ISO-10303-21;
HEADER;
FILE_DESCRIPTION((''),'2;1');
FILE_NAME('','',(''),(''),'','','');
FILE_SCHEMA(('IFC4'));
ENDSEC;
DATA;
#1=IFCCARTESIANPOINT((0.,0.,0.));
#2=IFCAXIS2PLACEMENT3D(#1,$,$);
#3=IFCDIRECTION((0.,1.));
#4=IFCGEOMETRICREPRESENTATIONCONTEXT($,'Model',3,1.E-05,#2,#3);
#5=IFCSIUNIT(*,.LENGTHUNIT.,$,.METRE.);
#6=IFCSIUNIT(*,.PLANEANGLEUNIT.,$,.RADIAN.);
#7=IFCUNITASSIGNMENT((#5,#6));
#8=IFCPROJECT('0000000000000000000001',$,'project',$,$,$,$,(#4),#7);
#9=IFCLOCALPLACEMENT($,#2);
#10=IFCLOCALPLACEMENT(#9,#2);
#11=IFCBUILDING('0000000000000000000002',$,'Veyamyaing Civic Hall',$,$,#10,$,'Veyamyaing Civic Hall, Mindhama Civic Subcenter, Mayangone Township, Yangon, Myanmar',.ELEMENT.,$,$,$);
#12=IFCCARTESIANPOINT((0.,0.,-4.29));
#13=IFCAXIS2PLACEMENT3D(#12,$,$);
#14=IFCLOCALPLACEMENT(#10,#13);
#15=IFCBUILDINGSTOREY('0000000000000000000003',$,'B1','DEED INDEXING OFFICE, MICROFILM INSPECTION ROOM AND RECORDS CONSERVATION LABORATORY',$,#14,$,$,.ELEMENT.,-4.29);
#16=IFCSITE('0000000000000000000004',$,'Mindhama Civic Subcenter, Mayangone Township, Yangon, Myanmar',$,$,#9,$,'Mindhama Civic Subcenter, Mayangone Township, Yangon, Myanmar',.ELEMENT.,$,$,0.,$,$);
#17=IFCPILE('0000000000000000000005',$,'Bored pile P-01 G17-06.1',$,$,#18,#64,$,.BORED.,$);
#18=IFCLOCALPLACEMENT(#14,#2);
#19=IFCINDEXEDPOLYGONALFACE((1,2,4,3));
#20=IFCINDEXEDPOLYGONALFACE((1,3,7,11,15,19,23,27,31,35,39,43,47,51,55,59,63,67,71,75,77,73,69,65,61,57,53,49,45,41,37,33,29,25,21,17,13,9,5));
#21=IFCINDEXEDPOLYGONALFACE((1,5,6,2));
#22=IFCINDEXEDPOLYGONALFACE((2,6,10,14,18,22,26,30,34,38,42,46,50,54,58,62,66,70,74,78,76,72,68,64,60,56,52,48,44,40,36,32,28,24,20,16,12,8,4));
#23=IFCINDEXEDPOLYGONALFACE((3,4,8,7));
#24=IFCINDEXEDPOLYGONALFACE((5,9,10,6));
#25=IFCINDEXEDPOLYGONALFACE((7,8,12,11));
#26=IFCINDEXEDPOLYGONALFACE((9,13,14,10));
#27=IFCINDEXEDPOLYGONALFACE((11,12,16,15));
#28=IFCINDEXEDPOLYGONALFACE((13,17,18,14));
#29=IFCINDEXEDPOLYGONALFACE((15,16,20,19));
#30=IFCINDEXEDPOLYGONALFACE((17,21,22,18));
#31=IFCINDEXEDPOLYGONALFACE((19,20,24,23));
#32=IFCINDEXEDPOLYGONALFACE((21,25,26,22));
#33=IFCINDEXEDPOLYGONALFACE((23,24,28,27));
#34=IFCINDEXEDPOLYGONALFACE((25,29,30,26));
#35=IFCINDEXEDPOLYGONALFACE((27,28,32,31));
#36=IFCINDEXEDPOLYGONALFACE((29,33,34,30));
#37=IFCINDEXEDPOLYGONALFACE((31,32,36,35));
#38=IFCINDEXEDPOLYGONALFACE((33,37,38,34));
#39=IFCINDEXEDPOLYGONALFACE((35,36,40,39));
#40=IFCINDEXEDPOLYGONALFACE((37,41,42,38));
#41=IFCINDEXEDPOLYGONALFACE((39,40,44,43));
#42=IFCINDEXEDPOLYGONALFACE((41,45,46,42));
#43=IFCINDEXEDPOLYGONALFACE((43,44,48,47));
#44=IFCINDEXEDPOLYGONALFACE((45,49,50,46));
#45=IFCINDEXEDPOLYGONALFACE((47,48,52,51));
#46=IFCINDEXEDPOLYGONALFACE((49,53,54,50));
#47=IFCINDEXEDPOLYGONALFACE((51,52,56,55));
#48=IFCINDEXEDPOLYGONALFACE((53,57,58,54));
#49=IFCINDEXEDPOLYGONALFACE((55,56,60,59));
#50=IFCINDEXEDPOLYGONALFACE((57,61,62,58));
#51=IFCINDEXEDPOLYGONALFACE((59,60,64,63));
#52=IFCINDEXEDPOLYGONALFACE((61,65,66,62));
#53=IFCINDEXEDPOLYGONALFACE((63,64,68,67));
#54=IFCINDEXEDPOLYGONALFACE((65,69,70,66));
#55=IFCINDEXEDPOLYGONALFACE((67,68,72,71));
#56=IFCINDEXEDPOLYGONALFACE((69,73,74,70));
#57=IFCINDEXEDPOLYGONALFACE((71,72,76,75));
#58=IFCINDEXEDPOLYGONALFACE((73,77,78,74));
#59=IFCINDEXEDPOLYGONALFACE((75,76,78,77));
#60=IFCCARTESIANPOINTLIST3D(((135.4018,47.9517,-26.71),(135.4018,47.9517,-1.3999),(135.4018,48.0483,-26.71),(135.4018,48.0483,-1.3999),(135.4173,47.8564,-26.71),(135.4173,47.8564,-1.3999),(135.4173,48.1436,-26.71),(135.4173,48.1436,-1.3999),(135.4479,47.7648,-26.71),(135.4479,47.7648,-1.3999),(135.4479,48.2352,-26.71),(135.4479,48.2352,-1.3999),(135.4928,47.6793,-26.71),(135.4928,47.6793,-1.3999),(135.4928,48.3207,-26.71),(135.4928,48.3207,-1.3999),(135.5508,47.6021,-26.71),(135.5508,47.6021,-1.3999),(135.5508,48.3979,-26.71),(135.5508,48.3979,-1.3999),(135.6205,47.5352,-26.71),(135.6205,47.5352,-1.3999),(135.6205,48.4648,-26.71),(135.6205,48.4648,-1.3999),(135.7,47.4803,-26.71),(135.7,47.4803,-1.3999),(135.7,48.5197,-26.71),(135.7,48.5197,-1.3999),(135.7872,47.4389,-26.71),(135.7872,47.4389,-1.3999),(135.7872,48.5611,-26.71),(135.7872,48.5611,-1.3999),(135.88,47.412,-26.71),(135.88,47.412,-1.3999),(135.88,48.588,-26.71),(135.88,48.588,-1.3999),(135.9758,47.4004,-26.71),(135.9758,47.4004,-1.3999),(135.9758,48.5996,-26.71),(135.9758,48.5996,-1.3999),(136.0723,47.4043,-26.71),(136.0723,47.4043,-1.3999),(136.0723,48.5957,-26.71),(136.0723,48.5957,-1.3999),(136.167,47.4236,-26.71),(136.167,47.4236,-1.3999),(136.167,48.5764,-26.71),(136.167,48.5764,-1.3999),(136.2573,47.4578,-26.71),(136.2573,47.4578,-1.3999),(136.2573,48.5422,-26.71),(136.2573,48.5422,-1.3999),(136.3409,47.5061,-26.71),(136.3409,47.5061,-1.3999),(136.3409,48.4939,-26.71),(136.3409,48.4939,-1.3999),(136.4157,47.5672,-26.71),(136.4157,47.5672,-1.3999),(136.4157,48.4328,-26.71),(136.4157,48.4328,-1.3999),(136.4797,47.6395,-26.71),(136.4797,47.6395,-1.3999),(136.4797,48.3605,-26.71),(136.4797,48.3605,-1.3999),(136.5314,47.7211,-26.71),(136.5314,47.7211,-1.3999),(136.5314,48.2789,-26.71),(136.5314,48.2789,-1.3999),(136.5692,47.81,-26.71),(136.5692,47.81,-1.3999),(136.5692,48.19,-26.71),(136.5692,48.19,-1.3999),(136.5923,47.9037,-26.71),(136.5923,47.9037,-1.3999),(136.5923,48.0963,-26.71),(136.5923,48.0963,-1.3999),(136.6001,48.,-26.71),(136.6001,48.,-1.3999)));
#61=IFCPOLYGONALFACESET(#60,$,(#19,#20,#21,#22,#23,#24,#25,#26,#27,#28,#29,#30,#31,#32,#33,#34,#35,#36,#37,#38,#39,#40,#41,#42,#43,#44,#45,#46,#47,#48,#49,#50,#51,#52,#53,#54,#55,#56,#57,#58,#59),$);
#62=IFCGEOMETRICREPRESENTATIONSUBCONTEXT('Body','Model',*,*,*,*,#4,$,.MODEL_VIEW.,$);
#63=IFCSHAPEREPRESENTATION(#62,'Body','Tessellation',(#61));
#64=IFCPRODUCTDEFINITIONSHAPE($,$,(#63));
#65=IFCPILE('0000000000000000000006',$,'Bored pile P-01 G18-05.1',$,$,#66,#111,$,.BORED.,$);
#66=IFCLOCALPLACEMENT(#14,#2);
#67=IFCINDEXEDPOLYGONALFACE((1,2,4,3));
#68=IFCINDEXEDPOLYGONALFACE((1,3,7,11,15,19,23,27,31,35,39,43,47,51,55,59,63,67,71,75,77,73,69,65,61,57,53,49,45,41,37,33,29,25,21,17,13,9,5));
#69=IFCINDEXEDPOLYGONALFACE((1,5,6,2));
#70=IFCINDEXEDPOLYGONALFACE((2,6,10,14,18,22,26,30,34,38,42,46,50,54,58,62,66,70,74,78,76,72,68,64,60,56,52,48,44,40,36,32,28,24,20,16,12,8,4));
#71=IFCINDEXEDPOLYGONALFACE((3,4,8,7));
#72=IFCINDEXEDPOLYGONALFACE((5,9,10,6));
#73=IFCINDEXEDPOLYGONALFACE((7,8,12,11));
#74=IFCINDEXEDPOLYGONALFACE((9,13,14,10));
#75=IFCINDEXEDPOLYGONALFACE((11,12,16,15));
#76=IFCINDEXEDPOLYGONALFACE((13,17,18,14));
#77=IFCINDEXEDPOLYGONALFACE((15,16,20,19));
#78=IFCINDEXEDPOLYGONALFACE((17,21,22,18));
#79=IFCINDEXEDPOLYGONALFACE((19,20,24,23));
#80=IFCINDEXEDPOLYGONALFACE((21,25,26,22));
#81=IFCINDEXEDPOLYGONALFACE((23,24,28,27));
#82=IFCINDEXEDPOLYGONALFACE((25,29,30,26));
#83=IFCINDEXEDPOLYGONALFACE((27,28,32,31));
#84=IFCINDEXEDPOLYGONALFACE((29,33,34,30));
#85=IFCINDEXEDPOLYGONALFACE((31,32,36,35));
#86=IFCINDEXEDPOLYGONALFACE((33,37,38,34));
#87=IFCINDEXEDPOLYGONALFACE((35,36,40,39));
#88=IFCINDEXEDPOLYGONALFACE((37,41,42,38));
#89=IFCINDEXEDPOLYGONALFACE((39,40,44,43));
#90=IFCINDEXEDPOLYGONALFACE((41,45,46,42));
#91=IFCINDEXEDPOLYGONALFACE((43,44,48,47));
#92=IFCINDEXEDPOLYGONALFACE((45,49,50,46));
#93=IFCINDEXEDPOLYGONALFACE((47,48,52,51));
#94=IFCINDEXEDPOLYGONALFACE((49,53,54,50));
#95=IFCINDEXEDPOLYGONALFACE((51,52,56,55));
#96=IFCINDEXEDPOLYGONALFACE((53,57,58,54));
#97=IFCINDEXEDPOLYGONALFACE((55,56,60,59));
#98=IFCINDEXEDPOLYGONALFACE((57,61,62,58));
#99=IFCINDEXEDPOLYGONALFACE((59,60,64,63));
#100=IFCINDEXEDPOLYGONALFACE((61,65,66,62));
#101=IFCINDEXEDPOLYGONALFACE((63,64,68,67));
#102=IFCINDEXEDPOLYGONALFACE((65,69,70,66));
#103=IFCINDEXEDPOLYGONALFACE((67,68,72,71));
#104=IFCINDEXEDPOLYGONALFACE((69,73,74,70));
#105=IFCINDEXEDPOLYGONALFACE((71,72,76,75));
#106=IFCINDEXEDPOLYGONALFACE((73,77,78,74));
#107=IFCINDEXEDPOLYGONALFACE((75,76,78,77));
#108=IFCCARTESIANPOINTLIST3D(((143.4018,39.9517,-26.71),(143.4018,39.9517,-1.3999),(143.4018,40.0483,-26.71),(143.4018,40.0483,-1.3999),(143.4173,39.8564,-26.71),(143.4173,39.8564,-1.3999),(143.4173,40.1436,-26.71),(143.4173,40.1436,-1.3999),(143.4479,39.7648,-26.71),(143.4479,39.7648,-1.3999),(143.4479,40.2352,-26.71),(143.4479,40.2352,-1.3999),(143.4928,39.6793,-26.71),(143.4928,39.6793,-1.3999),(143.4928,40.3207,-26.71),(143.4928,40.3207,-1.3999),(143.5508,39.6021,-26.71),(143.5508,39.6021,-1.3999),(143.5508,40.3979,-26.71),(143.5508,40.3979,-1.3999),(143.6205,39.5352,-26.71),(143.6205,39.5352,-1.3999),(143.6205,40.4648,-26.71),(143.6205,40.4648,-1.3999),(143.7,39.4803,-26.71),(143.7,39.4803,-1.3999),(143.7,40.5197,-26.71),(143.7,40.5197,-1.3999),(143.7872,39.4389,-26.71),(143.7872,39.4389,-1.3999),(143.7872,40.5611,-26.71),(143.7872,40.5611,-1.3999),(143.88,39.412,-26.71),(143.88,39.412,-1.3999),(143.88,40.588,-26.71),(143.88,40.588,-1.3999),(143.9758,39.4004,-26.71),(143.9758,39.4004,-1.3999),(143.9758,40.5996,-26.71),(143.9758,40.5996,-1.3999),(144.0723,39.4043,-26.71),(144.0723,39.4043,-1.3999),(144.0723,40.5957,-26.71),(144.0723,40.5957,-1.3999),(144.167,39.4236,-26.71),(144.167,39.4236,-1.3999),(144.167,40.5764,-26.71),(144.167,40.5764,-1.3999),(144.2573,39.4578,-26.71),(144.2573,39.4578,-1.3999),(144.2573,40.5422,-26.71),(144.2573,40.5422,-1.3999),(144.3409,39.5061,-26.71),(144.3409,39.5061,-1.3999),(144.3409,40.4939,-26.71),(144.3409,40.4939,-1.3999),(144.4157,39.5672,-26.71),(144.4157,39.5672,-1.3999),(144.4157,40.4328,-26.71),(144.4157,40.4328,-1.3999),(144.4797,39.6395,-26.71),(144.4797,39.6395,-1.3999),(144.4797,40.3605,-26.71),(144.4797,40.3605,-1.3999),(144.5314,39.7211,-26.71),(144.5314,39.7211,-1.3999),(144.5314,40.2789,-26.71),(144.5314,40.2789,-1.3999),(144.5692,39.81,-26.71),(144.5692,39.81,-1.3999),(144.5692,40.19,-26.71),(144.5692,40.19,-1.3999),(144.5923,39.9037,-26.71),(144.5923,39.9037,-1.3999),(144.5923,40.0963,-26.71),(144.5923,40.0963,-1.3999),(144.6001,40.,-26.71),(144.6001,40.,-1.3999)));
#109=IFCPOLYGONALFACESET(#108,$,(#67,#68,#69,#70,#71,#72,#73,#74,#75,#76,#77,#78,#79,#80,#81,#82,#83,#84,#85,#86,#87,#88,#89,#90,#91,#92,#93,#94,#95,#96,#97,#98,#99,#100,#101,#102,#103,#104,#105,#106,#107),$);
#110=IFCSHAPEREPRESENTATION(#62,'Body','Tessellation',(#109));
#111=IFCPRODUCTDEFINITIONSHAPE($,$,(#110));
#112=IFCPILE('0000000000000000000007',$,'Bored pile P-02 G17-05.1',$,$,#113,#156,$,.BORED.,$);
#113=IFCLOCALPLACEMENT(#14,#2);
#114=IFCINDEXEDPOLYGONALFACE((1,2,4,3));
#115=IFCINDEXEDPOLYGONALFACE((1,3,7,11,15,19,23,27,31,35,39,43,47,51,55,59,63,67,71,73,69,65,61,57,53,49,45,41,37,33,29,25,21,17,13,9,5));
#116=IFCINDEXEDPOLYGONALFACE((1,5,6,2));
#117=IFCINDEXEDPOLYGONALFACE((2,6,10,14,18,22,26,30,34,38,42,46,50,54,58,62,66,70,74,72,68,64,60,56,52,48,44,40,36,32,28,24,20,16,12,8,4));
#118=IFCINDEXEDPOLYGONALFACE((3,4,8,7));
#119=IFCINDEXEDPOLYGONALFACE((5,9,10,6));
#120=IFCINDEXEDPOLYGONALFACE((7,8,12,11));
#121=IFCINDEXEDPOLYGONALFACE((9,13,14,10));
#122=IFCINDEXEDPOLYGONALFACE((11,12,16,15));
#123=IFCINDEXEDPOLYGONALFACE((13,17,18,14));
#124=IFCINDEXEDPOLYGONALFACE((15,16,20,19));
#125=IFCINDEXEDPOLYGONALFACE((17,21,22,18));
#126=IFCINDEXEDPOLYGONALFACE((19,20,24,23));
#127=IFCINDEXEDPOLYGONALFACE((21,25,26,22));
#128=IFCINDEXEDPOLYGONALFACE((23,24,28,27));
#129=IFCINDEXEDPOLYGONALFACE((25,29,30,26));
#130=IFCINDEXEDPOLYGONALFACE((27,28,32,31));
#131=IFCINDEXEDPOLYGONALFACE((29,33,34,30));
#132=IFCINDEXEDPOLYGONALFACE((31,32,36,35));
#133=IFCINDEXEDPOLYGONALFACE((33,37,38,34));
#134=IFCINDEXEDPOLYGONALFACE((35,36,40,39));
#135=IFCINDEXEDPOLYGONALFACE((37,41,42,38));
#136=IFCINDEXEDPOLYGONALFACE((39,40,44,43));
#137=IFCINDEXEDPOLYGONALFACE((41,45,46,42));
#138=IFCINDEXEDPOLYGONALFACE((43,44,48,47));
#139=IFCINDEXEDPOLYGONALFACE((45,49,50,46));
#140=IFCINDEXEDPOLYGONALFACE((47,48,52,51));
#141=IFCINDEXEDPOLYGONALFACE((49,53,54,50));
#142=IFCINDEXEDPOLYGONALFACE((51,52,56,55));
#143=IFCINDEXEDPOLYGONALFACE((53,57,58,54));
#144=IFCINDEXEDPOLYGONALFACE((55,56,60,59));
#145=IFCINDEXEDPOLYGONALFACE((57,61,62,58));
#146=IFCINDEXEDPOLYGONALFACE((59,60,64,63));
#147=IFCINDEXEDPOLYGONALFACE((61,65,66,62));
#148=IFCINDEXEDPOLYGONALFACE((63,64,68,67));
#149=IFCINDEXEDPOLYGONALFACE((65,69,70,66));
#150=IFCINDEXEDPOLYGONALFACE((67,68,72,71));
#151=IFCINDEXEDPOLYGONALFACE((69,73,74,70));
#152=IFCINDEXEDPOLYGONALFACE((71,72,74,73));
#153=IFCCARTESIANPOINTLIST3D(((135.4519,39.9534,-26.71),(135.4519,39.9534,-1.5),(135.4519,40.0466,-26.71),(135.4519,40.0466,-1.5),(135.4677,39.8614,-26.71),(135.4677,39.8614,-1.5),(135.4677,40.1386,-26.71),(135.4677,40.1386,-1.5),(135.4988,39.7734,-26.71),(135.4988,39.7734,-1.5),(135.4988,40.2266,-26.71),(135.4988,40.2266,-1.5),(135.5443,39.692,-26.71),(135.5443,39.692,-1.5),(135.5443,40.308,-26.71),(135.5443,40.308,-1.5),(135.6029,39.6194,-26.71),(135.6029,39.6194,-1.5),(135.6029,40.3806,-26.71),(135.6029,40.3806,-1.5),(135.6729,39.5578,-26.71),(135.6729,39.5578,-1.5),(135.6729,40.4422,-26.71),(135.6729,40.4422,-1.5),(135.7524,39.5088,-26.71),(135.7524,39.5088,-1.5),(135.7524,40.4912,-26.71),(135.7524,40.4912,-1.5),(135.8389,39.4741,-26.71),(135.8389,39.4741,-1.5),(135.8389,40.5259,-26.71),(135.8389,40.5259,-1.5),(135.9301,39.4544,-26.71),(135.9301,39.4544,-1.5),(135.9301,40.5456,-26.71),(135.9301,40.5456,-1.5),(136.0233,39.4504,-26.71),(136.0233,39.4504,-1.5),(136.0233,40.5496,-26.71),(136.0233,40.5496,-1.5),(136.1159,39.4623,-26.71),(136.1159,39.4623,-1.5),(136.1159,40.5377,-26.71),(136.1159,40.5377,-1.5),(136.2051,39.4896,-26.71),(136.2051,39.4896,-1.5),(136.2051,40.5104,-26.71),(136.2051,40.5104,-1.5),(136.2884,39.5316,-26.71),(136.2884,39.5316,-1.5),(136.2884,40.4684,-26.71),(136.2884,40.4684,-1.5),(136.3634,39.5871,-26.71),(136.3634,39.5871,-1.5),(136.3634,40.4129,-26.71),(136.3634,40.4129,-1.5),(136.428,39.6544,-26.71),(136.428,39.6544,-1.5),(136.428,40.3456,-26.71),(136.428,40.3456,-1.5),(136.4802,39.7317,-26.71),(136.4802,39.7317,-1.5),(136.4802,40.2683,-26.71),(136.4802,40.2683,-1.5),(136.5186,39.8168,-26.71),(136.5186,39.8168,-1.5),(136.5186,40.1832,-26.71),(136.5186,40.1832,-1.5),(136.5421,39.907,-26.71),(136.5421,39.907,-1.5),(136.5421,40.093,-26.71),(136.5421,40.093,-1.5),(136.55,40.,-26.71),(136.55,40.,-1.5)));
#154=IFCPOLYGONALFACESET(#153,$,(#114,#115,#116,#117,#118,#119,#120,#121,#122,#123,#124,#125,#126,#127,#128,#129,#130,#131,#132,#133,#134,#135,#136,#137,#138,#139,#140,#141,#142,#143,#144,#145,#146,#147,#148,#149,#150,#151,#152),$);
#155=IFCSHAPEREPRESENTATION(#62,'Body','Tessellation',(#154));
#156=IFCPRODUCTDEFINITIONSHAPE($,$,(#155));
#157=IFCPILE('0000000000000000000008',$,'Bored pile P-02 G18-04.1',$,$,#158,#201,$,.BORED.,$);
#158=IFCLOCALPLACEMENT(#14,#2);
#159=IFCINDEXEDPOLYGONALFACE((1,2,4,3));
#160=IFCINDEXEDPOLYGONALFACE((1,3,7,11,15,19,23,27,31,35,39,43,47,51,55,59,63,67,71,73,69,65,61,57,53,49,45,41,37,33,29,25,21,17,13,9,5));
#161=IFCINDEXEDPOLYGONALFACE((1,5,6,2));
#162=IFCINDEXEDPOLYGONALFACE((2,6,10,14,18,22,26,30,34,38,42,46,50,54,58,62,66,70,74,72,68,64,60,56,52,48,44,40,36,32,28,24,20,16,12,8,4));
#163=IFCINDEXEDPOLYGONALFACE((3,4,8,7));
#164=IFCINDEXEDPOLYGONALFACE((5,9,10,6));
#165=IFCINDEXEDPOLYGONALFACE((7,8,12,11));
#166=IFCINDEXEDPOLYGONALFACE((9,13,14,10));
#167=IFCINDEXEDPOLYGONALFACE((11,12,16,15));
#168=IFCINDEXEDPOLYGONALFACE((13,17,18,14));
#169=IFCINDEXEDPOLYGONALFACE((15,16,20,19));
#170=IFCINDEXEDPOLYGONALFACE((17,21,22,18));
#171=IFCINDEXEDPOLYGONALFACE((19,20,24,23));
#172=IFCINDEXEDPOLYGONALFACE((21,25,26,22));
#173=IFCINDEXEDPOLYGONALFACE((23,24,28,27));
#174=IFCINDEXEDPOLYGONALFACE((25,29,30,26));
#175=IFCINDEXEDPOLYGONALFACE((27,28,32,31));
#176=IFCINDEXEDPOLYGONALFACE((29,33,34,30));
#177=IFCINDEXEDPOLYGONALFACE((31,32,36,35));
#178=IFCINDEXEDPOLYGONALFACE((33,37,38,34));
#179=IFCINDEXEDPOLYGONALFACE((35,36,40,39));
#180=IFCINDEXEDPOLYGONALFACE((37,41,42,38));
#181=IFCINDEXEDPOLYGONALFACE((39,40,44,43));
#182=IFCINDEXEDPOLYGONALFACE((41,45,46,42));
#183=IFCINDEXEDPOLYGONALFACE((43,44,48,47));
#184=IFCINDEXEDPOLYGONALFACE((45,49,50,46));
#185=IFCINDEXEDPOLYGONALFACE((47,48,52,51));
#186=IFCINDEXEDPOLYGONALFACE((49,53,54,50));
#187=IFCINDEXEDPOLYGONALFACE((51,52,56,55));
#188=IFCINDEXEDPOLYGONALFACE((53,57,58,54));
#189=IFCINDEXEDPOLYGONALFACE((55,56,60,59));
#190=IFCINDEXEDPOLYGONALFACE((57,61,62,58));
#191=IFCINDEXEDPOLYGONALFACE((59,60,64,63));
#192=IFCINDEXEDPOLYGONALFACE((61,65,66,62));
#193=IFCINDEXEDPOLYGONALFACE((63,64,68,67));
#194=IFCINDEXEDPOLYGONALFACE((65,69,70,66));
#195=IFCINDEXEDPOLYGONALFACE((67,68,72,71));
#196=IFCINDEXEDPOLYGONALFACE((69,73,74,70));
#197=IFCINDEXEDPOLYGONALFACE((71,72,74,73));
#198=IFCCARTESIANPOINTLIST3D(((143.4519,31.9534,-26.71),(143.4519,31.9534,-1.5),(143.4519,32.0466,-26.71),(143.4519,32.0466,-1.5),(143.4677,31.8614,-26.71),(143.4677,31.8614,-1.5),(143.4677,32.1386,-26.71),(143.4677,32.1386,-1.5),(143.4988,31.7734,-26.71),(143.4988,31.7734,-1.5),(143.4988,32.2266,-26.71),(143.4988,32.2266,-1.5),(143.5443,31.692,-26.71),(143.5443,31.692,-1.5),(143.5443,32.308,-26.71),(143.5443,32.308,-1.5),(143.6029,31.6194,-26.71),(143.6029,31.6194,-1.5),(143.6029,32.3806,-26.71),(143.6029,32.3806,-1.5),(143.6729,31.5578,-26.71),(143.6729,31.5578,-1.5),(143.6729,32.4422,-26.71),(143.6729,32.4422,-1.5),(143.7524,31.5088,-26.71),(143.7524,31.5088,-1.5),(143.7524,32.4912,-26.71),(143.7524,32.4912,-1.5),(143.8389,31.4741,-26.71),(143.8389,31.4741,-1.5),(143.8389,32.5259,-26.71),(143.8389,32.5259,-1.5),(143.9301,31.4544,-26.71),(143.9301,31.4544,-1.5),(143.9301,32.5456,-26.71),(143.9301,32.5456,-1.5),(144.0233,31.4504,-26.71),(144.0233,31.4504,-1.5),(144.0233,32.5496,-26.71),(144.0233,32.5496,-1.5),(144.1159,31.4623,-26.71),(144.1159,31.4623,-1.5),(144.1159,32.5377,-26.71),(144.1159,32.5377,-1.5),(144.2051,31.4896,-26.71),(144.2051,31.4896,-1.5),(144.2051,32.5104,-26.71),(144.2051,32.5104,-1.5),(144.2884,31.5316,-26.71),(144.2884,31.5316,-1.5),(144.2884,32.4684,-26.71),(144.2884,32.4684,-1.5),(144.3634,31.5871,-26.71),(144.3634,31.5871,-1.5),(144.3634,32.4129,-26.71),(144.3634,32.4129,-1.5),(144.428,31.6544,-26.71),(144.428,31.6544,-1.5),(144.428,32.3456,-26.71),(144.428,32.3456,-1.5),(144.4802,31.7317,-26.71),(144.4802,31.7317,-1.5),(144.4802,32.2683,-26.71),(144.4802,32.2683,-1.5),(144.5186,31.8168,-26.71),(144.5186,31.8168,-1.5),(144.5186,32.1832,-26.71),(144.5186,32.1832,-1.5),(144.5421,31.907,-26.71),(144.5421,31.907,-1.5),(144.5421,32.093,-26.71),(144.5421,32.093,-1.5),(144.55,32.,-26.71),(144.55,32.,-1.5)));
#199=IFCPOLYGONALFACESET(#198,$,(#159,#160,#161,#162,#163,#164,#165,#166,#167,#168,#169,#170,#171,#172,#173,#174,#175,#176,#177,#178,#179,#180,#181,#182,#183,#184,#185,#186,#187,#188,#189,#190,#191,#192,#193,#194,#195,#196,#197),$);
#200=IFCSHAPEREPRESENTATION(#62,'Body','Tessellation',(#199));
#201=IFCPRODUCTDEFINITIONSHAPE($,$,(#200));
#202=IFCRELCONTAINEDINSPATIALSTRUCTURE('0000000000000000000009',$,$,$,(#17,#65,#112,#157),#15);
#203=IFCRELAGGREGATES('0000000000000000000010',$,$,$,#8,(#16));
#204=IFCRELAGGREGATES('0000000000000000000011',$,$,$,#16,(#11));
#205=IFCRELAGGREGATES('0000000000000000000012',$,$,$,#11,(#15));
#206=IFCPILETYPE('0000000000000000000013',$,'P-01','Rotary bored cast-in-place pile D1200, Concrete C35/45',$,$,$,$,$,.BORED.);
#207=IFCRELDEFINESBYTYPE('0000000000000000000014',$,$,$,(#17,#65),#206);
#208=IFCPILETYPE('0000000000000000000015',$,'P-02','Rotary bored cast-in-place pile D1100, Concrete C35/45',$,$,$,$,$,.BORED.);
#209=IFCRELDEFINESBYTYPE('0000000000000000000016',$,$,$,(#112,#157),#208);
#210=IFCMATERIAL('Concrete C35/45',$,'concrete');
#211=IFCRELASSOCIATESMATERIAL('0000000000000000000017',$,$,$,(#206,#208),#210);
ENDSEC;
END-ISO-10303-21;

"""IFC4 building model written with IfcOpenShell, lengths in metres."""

from ifc_helpers import new_model, si_unit, direction, frame, origin, origin_2d, place, context, subcontext, project, spatial, circle, extrude, material, material_profile, profile_set, type_object, element, save


model = new_model("IFC4")

# Units and contexts
model_context = context("Model", 3, precision=1e-05, world=origin(), true_north=direction((0.0, 1.0)))
body_context = subcontext(model_context, "Body", "Model", "MODEL_VIEW")
ifc_project = project(units=[si_unit("LENGTHUNIT", "METRE"), si_unit("PLANEANGLEUNIT", "RADIAN")], contexts=[model_context])

# Site, building, storey
site_placement = place(None, origin())
site = spatial("IfcSite", under=ifc_project, at=site_placement, Name="Mindhama Civic Subcenter, Mayangone Township, Yangon, Myanmar", LongName="Mindhama Civic Subcenter, Mayangone Township, Yangon, Myanmar", CompositionType="ELEMENT", RefElevation=0.0)
building_placement = place(site_placement, origin())
building = spatial("IfcBuilding", under=site, at=building_placement, Name="Veyamyaing Civic Hall", LongName="Veyamyaing Civic Hall, Mindhama Civic Subcenter, Mayangone Township, Yangon, Myanmar", CompositionType="ELEMENT")
storey_placement = place(building_placement, frame((0.0, 0.0, -4.29)))
storey = spatial("IfcBuildingStorey", under=building, at=storey_placement, Name="B1", Description="DEED INDEXING OFFICE, MICROFILM INSPECTION ROOM AND RECORDS CONSERVATION LABORATORY", CompositionType="ELEMENT", Elevation=-4.29)

# Piles
ifc_material_1 = material(Name="Concrete C35/45", Category="concrete")
ifc_material_profile_1 = material_profile(ifc_material_1, circle(Radius=0.6001, at=origin_2d()), Name="PILE-D1200")
ifc_profile_set_1 = profile_set([ifc_material_profile_1], Name="Concrete C35/45")
pile_type_1 = type_object("IfcPileType", Name="P-01", Description="Rotary bored cast-in-place pile D1200, Concrete C35/45", PredefinedType="BORED", material=ifc_profile_set_1)
for number, where, z_axis, x_axis, name in (
    (1, (136.0, 48.0, -1.3999), (0.0, 0.0, -1.0), (1.0, 0.0, 0.0), "Bored pile P-01 G17-06.1"),
    (2, (144.0, 40.0, -1.3999), (0.0, 0.0, -1.0), (1.0, 0.0, 0.0), "Bored pile P-01 G18-05.1"),
):
    element("IfcPile", number, at=place(storey_placement, frame(where, z_axis=z_axis, x_axis=x_axis)), inside=storey, type_object=pile_type_1, Name=name, PredefinedType="BORED", context=body_context, shape_type="SweptSolid", body=[
        extrude(circle(Radius=0.6001, at=origin_2d()), origin(), (0.0, 0.0, 1.0), 25.3101),
    ])
ifc_material_profile_2 = material_profile(ifc_material_1, circle(Radius=0.55, at=origin_2d()), Name="PILE-D1100")
ifc_profile_set_2 = profile_set([ifc_material_profile_2], Name="Concrete C35/45")
pile_type_2 = type_object("IfcPileType", Name="P-02", Description="Rotary bored cast-in-place pile D1100, Concrete C35/45", PredefinedType="BORED", material=ifc_profile_set_2)
for number, where, z_axis, x_axis, name in (
    (3, (136.0, 40.0, -1.5), (0.0, 0.0, -1.0), (1.0, 0.0, 0.0), "Bored pile P-02 G17-05.1"),
    (4, (144.0, 32.0, -1.5), (0.0, 0.0, -1.0), (1.0, 0.0, 0.0), "Bored pile P-02 G18-04.1"),
):
    element("IfcPile", number, at=place(storey_placement, frame(where, z_axis=z_axis, x_axis=x_axis)), inside=storey, type_object=pile_type_2, Name=name, PredefinedType="BORED", context=body_context, shape_type="SweptSolid", body=[
        extrude(circle(Radius=0.55, at=origin_2d()), origin(), (0.0, 0.0, 1.0), 25.21),
    ])

save(model, "model.ifc")
